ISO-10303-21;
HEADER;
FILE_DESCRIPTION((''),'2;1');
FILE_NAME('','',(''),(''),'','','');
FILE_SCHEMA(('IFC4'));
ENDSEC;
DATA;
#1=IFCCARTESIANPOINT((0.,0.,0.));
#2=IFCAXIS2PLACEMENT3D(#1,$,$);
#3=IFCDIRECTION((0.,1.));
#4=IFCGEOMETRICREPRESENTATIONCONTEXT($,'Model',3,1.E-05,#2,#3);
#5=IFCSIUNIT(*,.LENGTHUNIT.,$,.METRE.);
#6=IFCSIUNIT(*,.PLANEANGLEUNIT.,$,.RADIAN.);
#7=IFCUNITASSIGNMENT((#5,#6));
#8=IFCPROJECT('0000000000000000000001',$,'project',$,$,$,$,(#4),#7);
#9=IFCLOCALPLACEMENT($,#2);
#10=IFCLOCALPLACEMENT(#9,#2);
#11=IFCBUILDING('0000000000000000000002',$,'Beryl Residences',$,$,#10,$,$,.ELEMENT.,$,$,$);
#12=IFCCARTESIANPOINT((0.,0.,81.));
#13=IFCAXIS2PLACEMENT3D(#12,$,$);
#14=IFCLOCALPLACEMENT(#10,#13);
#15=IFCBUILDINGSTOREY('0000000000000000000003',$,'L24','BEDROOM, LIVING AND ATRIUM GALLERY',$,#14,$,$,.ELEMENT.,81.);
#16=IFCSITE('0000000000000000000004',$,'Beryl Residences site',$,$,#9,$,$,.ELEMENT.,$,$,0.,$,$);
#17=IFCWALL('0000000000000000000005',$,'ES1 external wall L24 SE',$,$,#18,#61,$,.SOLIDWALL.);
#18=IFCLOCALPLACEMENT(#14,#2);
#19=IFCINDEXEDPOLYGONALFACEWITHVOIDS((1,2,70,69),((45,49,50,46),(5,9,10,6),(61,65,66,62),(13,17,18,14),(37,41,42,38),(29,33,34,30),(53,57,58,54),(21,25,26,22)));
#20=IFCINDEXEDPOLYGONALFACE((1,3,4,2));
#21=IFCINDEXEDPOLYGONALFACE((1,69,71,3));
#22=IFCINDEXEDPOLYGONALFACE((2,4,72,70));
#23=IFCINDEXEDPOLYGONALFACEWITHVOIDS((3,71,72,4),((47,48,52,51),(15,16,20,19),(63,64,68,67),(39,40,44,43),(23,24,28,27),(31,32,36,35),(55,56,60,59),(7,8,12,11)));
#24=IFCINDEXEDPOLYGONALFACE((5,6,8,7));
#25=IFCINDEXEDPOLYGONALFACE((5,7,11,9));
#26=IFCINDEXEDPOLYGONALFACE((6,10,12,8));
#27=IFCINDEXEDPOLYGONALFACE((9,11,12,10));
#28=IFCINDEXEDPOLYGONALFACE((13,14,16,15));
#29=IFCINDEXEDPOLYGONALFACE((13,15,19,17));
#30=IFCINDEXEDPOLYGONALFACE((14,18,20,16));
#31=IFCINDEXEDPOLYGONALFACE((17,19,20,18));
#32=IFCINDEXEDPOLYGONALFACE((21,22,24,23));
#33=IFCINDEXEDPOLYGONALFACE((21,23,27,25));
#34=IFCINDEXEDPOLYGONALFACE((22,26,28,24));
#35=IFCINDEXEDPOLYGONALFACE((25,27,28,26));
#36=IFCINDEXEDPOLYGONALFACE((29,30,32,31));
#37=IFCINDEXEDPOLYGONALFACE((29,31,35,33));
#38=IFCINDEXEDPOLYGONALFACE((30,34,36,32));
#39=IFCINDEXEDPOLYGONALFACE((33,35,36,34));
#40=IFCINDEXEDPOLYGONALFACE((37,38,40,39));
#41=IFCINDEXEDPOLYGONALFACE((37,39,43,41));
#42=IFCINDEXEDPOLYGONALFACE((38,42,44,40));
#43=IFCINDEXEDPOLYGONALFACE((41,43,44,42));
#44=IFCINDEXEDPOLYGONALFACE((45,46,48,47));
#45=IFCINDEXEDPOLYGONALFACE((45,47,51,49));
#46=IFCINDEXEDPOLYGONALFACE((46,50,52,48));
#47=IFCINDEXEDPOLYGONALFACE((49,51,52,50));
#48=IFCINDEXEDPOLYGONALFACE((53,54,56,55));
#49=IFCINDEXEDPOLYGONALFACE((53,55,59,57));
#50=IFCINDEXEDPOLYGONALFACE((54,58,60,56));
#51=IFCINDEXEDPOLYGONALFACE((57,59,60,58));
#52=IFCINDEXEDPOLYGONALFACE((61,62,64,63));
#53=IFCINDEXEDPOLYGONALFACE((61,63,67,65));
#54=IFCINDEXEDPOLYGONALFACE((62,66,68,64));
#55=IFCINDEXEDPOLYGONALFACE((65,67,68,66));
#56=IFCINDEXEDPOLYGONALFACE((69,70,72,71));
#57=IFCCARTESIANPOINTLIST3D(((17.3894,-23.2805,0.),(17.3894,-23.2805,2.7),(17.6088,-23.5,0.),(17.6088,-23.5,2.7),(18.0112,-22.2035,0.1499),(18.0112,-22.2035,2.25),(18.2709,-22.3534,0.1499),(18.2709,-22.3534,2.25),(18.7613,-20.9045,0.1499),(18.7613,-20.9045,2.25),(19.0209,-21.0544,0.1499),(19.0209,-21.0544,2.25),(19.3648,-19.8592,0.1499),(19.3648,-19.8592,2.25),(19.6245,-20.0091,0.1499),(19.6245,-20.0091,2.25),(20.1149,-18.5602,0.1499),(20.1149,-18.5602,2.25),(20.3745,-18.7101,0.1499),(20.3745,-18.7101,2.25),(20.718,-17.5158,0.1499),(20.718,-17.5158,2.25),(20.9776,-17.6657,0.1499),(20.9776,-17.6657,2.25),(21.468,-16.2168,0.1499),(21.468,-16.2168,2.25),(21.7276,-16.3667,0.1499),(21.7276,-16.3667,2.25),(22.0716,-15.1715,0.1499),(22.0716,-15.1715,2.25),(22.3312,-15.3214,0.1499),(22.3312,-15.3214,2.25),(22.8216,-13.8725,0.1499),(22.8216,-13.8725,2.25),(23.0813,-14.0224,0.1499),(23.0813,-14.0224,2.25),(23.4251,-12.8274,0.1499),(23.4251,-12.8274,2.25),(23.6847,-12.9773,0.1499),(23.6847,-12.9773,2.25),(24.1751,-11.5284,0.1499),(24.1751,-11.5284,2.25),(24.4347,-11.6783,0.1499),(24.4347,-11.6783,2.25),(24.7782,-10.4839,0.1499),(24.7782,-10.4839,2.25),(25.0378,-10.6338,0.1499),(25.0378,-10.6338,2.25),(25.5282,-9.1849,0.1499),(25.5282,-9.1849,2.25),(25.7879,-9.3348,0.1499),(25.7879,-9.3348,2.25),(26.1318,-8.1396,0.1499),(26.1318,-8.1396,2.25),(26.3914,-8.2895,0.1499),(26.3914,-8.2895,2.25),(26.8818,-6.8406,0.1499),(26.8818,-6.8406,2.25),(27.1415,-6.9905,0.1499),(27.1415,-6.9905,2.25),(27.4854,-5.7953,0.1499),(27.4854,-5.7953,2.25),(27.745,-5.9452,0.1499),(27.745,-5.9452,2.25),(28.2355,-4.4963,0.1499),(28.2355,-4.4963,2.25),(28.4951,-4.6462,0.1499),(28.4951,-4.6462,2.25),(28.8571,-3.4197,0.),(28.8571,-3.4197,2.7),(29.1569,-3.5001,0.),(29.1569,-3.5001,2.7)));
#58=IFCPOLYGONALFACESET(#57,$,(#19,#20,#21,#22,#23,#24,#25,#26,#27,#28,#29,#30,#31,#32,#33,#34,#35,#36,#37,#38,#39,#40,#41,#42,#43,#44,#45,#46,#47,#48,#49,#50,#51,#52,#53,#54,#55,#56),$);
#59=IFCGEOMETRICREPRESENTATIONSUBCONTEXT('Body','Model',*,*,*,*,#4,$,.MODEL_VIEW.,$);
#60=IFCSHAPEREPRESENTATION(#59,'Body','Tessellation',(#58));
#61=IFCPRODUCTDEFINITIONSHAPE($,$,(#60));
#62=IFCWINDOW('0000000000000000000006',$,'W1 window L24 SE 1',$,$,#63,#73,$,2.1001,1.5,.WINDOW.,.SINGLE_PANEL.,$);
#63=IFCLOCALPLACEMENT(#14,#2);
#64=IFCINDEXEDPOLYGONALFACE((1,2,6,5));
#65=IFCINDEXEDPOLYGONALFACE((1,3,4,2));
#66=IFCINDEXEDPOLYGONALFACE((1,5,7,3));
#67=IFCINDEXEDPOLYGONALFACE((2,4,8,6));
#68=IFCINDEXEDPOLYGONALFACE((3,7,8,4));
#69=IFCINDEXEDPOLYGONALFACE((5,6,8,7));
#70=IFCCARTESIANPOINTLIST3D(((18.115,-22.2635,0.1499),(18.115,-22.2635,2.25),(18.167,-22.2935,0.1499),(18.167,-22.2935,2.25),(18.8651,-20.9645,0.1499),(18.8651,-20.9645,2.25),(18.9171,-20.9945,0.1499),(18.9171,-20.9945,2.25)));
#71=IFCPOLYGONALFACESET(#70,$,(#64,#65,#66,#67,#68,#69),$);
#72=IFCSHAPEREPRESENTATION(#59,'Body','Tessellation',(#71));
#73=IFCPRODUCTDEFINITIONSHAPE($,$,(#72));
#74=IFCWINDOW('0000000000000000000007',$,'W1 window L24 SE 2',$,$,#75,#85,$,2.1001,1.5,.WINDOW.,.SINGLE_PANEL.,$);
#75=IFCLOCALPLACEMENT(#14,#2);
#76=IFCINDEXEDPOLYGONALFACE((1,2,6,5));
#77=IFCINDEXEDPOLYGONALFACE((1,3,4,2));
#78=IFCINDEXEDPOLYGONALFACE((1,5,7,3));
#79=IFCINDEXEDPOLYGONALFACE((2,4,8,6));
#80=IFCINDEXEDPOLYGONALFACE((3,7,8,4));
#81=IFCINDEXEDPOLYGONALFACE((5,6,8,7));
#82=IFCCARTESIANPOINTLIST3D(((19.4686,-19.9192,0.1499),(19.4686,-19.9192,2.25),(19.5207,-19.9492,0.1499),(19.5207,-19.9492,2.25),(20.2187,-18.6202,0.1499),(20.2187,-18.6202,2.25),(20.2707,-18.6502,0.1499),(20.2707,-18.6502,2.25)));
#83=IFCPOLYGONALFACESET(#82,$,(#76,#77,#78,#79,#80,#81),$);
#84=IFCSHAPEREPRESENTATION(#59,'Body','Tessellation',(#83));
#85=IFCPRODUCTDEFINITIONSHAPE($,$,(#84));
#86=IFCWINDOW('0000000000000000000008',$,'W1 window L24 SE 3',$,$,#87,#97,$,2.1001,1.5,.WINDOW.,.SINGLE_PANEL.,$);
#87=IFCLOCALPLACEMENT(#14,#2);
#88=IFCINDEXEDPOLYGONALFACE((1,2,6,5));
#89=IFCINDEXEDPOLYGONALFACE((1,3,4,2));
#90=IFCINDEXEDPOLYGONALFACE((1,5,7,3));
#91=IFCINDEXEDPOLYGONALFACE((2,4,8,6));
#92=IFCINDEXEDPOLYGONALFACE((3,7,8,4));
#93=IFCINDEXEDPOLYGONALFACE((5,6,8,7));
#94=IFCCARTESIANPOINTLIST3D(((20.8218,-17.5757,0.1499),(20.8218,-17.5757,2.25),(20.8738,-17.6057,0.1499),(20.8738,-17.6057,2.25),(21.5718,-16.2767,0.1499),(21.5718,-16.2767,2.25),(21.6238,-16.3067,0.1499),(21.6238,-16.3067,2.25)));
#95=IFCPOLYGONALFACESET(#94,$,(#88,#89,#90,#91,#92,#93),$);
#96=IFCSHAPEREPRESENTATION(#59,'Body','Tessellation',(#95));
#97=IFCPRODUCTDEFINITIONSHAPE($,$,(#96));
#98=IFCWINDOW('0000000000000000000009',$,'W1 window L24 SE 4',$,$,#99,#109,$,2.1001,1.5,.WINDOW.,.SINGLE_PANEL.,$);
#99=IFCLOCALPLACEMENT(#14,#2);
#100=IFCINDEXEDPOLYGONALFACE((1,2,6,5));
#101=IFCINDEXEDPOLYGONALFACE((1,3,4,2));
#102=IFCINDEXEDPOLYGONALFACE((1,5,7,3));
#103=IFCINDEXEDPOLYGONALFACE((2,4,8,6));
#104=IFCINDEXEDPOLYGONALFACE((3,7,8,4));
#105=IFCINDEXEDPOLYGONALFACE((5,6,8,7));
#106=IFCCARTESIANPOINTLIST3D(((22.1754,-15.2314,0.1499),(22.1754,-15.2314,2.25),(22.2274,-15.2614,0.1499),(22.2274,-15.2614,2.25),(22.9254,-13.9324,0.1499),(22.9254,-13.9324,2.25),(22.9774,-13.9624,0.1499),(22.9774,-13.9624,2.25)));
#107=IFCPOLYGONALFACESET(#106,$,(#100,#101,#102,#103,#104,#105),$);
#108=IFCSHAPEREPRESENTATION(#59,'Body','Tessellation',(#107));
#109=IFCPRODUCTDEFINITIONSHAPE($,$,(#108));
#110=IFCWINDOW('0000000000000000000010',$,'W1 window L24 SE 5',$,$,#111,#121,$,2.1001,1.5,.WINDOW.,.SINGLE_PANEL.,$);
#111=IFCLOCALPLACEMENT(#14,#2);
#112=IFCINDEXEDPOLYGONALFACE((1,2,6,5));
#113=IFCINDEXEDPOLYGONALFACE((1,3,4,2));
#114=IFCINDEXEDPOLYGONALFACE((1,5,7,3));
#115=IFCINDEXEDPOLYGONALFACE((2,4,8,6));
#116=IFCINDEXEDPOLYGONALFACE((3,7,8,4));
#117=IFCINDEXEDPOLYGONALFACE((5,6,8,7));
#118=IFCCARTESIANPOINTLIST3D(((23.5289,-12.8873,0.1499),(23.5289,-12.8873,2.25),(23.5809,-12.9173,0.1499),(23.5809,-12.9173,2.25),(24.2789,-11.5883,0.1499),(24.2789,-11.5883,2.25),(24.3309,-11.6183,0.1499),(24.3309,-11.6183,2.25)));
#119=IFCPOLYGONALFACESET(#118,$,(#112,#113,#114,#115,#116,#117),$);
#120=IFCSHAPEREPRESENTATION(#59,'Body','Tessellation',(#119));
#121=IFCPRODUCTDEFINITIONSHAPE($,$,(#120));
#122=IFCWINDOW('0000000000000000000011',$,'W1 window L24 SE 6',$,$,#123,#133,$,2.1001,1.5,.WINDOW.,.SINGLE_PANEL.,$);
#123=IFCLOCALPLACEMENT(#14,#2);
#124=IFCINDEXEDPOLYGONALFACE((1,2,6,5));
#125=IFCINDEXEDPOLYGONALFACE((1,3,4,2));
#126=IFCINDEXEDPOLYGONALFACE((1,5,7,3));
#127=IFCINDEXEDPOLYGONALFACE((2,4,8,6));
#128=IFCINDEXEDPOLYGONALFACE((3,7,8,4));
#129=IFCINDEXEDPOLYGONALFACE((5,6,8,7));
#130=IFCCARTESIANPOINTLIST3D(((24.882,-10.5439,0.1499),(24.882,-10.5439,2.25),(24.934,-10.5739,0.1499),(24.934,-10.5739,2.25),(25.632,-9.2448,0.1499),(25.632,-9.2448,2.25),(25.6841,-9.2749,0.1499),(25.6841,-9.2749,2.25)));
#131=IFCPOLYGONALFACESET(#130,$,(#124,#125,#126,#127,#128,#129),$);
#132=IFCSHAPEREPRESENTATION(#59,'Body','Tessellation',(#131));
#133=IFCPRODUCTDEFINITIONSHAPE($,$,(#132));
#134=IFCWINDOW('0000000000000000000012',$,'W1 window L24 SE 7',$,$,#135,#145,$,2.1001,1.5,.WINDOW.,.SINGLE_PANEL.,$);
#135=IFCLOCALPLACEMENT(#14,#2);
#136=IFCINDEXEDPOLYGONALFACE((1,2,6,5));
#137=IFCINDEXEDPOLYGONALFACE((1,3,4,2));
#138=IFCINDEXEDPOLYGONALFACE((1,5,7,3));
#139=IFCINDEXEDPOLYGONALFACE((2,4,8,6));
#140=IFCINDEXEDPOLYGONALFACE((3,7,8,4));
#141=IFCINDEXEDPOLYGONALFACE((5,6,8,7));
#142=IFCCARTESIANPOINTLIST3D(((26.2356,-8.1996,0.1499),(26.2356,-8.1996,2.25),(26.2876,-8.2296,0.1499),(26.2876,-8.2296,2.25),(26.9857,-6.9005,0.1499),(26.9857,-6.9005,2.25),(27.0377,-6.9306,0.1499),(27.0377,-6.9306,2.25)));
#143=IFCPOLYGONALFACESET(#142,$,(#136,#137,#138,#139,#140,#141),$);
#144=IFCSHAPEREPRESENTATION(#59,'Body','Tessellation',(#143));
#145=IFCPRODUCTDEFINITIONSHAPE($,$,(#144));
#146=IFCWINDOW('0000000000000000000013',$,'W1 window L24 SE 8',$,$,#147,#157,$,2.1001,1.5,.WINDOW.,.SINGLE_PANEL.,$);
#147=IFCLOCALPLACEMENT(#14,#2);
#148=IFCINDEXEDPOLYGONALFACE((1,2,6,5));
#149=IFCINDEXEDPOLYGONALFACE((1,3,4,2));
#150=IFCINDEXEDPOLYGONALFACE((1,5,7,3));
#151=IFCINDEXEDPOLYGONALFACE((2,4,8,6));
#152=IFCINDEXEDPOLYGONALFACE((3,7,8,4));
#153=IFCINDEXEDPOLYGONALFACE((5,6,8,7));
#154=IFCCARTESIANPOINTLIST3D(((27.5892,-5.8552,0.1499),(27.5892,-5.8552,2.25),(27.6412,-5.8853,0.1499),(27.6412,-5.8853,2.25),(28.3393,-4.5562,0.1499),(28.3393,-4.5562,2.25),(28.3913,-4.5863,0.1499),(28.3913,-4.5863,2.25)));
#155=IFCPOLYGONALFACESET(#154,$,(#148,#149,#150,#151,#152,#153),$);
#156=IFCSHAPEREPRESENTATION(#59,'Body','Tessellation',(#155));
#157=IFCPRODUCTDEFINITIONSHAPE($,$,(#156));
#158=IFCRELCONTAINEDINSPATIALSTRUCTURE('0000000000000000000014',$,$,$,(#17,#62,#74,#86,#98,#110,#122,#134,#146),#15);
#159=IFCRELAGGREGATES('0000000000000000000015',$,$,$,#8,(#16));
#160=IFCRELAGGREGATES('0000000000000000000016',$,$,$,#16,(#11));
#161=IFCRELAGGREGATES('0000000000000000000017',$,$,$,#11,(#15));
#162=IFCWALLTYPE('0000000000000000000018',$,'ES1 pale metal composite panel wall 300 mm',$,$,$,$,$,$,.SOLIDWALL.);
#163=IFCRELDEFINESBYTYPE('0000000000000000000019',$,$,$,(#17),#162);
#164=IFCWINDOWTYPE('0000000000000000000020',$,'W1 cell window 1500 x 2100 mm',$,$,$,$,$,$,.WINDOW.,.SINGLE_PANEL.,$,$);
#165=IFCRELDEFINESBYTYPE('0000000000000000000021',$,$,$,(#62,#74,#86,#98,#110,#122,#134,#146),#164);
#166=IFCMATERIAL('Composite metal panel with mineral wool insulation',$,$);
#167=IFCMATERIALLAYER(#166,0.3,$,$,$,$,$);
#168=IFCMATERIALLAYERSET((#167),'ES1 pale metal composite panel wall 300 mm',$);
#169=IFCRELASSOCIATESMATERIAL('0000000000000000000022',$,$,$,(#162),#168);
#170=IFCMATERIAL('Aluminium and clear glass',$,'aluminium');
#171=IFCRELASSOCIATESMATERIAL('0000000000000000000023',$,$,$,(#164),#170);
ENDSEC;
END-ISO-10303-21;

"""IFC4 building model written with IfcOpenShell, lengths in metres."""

from ifc_helpers import new_model, si_unit, direction, frame, frame_2d, origin, place, context, subcontext, project, spatial, polyline, rectangle, outline, extrude, material, layer, layer_set, type_object, element, fill, save


model = new_model("IFC4")

# Units and contexts
model_context = context("Model", 3, precision=1e-05, world=origin(), true_north=direction((0.0, 1.0)))
body_context = subcontext(model_context, "Body", "Model", "MODEL_VIEW")
ifc_project = project(units=[si_unit("LENGTHUNIT", "METRE"), si_unit("PLANEANGLEUNIT", "RADIAN")], contexts=[model_context])

# Site, building, storey
site_placement = place(None, origin())
site = spatial("IfcSite", under=ifc_project, at=site_placement, Name="Beryl Residences site", CompositionType="ELEMENT", RefElevation=0.0)
building_placement = place(site_placement, origin())
building = spatial("IfcBuilding", under=site, at=building_placement, Name="Beryl Residences", CompositionType="ELEMENT")
storey_placement = place(building_placement, frame((0.0, 0.0, 81.0)))
storey = spatial("IfcBuildingStorey", under=building, at=storey_placement, Name="L24", Description="BEDROOM, LIVING AND ATRIUM GALLERY", CompositionType="ELEMENT", Elevation=81.0)

# Wall, openings, windows
ifc_material_1 = material(Name="Composite metal panel with mineral wool insulation")
ifc_layer_1 = layer(ifc_material_1, 0.3)
ifc_layer_set_1 = layer_set([ifc_layer_1], Name="ES1 pale metal composite panel wall 300 mm")
wall_type_1 = type_object("IfcWallType", Name="ES1 pale metal composite panel wall 300 mm", PredefinedType="SOLIDWALL", material=ifc_layer_set_1)
wall_1_placement = place(storey_placement, frame((17.479, -23.425, 0.0), z_axis=(0.0, 0.0, 1.0), x_axis=(0.500035, 0.866005, 0.0)))
wall_1 = element("IfcWall", 1, at=wall_1_placement, inside=storey, type_object=wall_type_1, Name="ES1 external wall L24 SE", PredefinedType="SOLIDWALL", context=body_context, shape_type="SweptSolid", body=[
    extrude(outline(polyline([(0.0, -0.1499), (23.0945, -0.1499), (23.0142, 0.1499), (0.0803, 0.1499), (0.0, -0.1499)])), origin(), (0.0, 0.0, 1.0), 2.7),
])
opening_1_placement = place(wall_1_placement, frame((1.324, 0.0, 0.1499)))
opening_1 = element("IfcOpeningElement", 2, at=opening_1_placement, cuts=wall_1, PredefinedType="OPENING", context=body_context, shape_type="SweptSolid", body=[
    extrude(rectangle(XDim=1.5, YDim=2.1001, at=frame_2d((0.75, 1.05))), frame((0.0, 0.1599, 0.0), z_axis=(0.0, -1.0, 0.0), x_axis=(1.0, 0.0, 0.0)), (0.0, 0.0, 1.0), 0.3201),
])
opening_2_placement = place(wall_1_placement, frame((4.031, 0.0, 0.1499)))
opening_2 = element("IfcOpeningElement", 3, at=opening_2_placement, cuts=wall_1, PredefinedType="OPENING", context=body_context, shape_type="SweptSolid", body=[
    extrude(rectangle(XDim=1.5, YDim=2.1001, at=frame_2d((0.75, 1.05))), frame((0.0, 0.1599, 0.0), z_axis=(0.0, -1.0, 0.0), x_axis=(1.0, 0.0, 0.0)), (0.0, 0.0, 1.0), 0.3201),
])
opening_3_placement = place(wall_1_placement, frame((6.7371, 0.0, 0.1499)))
opening_3 = element("IfcOpeningElement", 4, at=opening_3_placement, cuts=wall_1, PredefinedType="OPENING", context=body_context, shape_type="SweptSolid", body=[
    extrude(rectangle(XDim=1.5, YDim=2.1001, at=frame_2d((0.75, 1.05))), frame((0.0, 0.1599, 0.0), z_axis=(0.0, -1.0, 0.0), x_axis=(1.0, 0.0, 0.0)), (0.0, 0.0, 1.0), 0.3201),
])
opening_4_placement = place(wall_1_placement, frame((9.4441, 0.0, 0.1499)))
opening_4 = element("IfcOpeningElement", 5, at=opening_4_placement, cuts=wall_1, PredefinedType="OPENING", context=body_context, shape_type="SweptSolid", body=[
    extrude(rectangle(XDim=1.5, YDim=2.1001, at=frame_2d((0.75, 1.05))), frame((0.0, 0.1599, 0.0), z_axis=(0.0, -1.0, 0.0), x_axis=(1.0, 0.0, 0.0)), (0.0, 0.0, 1.0), 0.3201),
])
opening_5_placement = place(wall_1_placement, frame((12.1509, 0.0, 0.1499)))
opening_5 = element("IfcOpeningElement", 6, at=opening_5_placement, cuts=wall_1, PredefinedType="OPENING", context=body_context, shape_type="SweptSolid", body=[
    extrude(rectangle(XDim=1.5, YDim=2.1001, at=frame_2d((0.75, 1.05))), frame((0.0, 0.1599, 0.0), z_axis=(0.0, -1.0, 0.0), x_axis=(1.0, 0.0, 0.0)), (0.0, 0.0, 1.0), 0.3201),
])
opening_6_placement = place(wall_1_placement, frame((14.8569, 0.0, 0.1499)))
opening_6 = element("IfcOpeningElement", 7, at=opening_6_placement, cuts=wall_1, PredefinedType="OPENING", context=body_context, shape_type="SweptSolid", body=[
    extrude(rectangle(XDim=1.5, YDim=2.1001, at=frame_2d((0.75, 1.05))), frame((0.0, 0.1599, 0.0), z_axis=(0.0, -1.0, 0.0), x_axis=(1.0, 0.0, 0.0)), (0.0, 0.0, 1.0), 0.3201),
])
opening_7_placement = place(wall_1_placement, frame((17.564, 0.0, 0.1499)))
opening_7 = element("IfcOpeningElement", 8, at=opening_7_placement, cuts=wall_1, PredefinedType="OPENING", context=body_context, shape_type="SweptSolid", body=[
    extrude(rectangle(XDim=1.5, YDim=2.1001, at=frame_2d((0.75, 1.05))), frame((0.0, 0.1599, 0.0), z_axis=(0.0, -1.0, 0.0), x_axis=(1.0, 0.0, 0.0)), (0.0, 0.0, 1.0), 0.3201),
])
opening_8_placement = place(wall_1_placement, frame((20.271, 0.0, 0.1499)))
opening_8 = element("IfcOpeningElement", 9, at=opening_8_placement, cuts=wall_1, PredefinedType="OPENING", context=body_context, shape_type="SweptSolid", body=[
    extrude(rectangle(XDim=1.5, YDim=2.1001, at=frame_2d((0.75, 1.05))), frame((0.0, 0.1599, 0.0), z_axis=(0.0, -1.0, 0.0), x_axis=(1.0, 0.0, 0.0)), (0.0, 0.0, 1.0), 0.3201),
])
ifc_material_2 = material(Name="Aluminium and clear glass", Category="aluminium")
window_type_1 = type_object("IfcWindowType", Name="W1 cell window 1500 x 2100 mm", PartitioningType="SINGLE_PANEL", PredefinedType="WINDOW", material=ifc_material_2)
window_1_placement = place(opening_1_placement, origin())
window_1 = element("IfcWindow", 10, at=window_1_placement, inside=storey, type_object=window_type_1, Name="W1 window L24 SE 1", OverallHeight=2.1001, OverallWidth=1.5, PartitioningType="SINGLE_PANEL", PredefinedType="WINDOW", context=body_context, shape_type="SweptSolid", body=[
    extrude(rectangle(XDim=1.5, YDim=2.1001, at=frame_2d((0.75, 1.05))), frame((0.0, 0.03, 0.0), z_axis=(0.0, -1.0, 0.0), x_axis=(1.0, 0.0, 0.0)), (0.0, 0.0, 1.0), 0.0601),
])
fill(opening_1, window_1)
window_2_placement = place(opening_2_placement, origin())
window_2 = element("IfcWindow", 11, at=window_2_placement, inside=storey, type_object=window_type_1, Name="W1 window L24 SE 2", OverallHeight=2.1001, OverallWidth=1.5, PartitioningType="SINGLE_PANEL", PredefinedType="WINDOW", context=body_context, shape_type="SweptSolid", body=[
    extrude(rectangle(XDim=1.5, YDim=2.1001, at=frame_2d((0.75, 1.05))), frame((0.0, 0.03, 0.0), z_axis=(0.0, -1.0, 0.0), x_axis=(1.0, 0.0, 0.0)), (0.0, 0.0, 1.0), 0.0601),
])
fill(opening_2, window_2)
window_3_placement = place(opening_3_placement, origin())
window_3 = element("IfcWindow", 12, at=window_3_placement, inside=storey, type_object=window_type_1, Name="W1 window L24 SE 3", OverallHeight=2.1001, OverallWidth=1.5, PartitioningType="SINGLE_PANEL", PredefinedType="WINDOW", context=body_context, shape_type="SweptSolid", body=[
    extrude(rectangle(XDim=1.5, YDim=2.1001, at=frame_2d((0.75, 1.05))), frame((0.0, 0.03, 0.0), z_axis=(0.0, -1.0, 0.0), x_axis=(1.0, 0.0, 0.0)), (0.0, 0.0, 1.0), 0.0601),
])
fill(opening_3, window_3)
window_4_placement = place(opening_4_placement, origin())
window_4 = element("IfcWindow", 13, at=window_4_placement, inside=storey, type_object=window_type_1, Name="W1 window L24 SE 4", OverallHeight=2.1001, OverallWidth=1.5, PartitioningType="SINGLE_PANEL", PredefinedType="WINDOW", context=body_context, shape_type="SweptSolid", body=[
    extrude(rectangle(XDim=1.5, YDim=2.1001, at=frame_2d((0.75, 1.05))), frame((0.0, 0.03, 0.0), z_axis=(0.0, -1.0, 0.0), x_axis=(1.0, 0.0, 0.0)), (0.0, 0.0, 1.0), 0.0601),
])
fill(opening_4, window_4)
window_5_placement = place(opening_5_placement, origin())
window_5 = element("IfcWindow", 14, at=window_5_placement, inside=storey, type_object=window_type_1, Name="W1 window L24 SE 5", OverallHeight=2.1001, OverallWidth=1.5, PartitioningType="SINGLE_PANEL", PredefinedType="WINDOW", context=body_context, shape_type="SweptSolid", body=[
    extrude(rectangle(XDim=1.5, YDim=2.1001, at=frame_2d((0.75, 1.05))), frame((0.0, 0.03, 0.0), z_axis=(0.0, -1.0, 0.0), x_axis=(1.0, 0.0, 0.0)), (0.0, 0.0, 1.0), 0.0601),
])
fill(opening_5, window_5)
window_6_placement = place(opening_6_placement, origin())
window_6 = element("IfcWindow", 15, at=window_6_placement, inside=storey, type_object=window_type_1, Name="W1 window L24 SE 6", OverallHeight=2.1001, OverallWidth=1.5, PartitioningType="SINGLE_PANEL", PredefinedType="WINDOW", context=body_context, shape_type="SweptSolid", body=[
    extrude(rectangle(XDim=1.5, YDim=2.1001, at=frame_2d((0.75, 1.05))), frame((0.0, 0.03, 0.0), z_axis=(0.0, -1.0, 0.0), x_axis=(1.0, 0.0, 0.0)), (0.0, 0.0, 1.0), 0.0601),
])
fill(opening_6, window_6)
window_7_placement = place(opening_7_placement, origin())
window_7 = element("IfcWindow", 16, at=window_7_placement, inside=storey, type_object=window_type_1, Name="W1 window L24 SE 7", OverallHeight=2.1001, OverallWidth=1.5, PartitioningType="SINGLE_PANEL", PredefinedType="WINDOW", context=body_context, shape_type="SweptSolid", body=[
    extrude(rectangle(XDim=1.5, YDim=2.1001, at=frame_2d((0.75, 1.05))), frame((0.0, 0.03, 0.0), z_axis=(0.0, -1.0, 0.0), x_axis=(1.0, 0.0, 0.0)), (0.0, 0.0, 1.0), 0.0601),
])
fill(opening_7, window_7)
window_8_placement = place(opening_8_placement, origin())
window_8 = element("IfcWindow", 17, at=window_8_placement, inside=storey, type_object=window_type_1, Name="W1 window L24 SE 8", OverallHeight=2.1001, OverallWidth=1.5, PartitioningType="SINGLE_PANEL", PredefinedType="WINDOW", context=body_context, shape_type="SweptSolid", body=[
    extrude(rectangle(XDim=1.5, YDim=2.1001, at=frame_2d((0.75, 1.05))), frame((0.0, 0.03, 0.0), z_axis=(0.0, -1.0, 0.0), x_axis=(1.0, 0.0, 0.0)), (0.0, 0.0, 1.0), 0.0601),
])
fill(opening_8, window_8)

save(model, "model.ifc")
